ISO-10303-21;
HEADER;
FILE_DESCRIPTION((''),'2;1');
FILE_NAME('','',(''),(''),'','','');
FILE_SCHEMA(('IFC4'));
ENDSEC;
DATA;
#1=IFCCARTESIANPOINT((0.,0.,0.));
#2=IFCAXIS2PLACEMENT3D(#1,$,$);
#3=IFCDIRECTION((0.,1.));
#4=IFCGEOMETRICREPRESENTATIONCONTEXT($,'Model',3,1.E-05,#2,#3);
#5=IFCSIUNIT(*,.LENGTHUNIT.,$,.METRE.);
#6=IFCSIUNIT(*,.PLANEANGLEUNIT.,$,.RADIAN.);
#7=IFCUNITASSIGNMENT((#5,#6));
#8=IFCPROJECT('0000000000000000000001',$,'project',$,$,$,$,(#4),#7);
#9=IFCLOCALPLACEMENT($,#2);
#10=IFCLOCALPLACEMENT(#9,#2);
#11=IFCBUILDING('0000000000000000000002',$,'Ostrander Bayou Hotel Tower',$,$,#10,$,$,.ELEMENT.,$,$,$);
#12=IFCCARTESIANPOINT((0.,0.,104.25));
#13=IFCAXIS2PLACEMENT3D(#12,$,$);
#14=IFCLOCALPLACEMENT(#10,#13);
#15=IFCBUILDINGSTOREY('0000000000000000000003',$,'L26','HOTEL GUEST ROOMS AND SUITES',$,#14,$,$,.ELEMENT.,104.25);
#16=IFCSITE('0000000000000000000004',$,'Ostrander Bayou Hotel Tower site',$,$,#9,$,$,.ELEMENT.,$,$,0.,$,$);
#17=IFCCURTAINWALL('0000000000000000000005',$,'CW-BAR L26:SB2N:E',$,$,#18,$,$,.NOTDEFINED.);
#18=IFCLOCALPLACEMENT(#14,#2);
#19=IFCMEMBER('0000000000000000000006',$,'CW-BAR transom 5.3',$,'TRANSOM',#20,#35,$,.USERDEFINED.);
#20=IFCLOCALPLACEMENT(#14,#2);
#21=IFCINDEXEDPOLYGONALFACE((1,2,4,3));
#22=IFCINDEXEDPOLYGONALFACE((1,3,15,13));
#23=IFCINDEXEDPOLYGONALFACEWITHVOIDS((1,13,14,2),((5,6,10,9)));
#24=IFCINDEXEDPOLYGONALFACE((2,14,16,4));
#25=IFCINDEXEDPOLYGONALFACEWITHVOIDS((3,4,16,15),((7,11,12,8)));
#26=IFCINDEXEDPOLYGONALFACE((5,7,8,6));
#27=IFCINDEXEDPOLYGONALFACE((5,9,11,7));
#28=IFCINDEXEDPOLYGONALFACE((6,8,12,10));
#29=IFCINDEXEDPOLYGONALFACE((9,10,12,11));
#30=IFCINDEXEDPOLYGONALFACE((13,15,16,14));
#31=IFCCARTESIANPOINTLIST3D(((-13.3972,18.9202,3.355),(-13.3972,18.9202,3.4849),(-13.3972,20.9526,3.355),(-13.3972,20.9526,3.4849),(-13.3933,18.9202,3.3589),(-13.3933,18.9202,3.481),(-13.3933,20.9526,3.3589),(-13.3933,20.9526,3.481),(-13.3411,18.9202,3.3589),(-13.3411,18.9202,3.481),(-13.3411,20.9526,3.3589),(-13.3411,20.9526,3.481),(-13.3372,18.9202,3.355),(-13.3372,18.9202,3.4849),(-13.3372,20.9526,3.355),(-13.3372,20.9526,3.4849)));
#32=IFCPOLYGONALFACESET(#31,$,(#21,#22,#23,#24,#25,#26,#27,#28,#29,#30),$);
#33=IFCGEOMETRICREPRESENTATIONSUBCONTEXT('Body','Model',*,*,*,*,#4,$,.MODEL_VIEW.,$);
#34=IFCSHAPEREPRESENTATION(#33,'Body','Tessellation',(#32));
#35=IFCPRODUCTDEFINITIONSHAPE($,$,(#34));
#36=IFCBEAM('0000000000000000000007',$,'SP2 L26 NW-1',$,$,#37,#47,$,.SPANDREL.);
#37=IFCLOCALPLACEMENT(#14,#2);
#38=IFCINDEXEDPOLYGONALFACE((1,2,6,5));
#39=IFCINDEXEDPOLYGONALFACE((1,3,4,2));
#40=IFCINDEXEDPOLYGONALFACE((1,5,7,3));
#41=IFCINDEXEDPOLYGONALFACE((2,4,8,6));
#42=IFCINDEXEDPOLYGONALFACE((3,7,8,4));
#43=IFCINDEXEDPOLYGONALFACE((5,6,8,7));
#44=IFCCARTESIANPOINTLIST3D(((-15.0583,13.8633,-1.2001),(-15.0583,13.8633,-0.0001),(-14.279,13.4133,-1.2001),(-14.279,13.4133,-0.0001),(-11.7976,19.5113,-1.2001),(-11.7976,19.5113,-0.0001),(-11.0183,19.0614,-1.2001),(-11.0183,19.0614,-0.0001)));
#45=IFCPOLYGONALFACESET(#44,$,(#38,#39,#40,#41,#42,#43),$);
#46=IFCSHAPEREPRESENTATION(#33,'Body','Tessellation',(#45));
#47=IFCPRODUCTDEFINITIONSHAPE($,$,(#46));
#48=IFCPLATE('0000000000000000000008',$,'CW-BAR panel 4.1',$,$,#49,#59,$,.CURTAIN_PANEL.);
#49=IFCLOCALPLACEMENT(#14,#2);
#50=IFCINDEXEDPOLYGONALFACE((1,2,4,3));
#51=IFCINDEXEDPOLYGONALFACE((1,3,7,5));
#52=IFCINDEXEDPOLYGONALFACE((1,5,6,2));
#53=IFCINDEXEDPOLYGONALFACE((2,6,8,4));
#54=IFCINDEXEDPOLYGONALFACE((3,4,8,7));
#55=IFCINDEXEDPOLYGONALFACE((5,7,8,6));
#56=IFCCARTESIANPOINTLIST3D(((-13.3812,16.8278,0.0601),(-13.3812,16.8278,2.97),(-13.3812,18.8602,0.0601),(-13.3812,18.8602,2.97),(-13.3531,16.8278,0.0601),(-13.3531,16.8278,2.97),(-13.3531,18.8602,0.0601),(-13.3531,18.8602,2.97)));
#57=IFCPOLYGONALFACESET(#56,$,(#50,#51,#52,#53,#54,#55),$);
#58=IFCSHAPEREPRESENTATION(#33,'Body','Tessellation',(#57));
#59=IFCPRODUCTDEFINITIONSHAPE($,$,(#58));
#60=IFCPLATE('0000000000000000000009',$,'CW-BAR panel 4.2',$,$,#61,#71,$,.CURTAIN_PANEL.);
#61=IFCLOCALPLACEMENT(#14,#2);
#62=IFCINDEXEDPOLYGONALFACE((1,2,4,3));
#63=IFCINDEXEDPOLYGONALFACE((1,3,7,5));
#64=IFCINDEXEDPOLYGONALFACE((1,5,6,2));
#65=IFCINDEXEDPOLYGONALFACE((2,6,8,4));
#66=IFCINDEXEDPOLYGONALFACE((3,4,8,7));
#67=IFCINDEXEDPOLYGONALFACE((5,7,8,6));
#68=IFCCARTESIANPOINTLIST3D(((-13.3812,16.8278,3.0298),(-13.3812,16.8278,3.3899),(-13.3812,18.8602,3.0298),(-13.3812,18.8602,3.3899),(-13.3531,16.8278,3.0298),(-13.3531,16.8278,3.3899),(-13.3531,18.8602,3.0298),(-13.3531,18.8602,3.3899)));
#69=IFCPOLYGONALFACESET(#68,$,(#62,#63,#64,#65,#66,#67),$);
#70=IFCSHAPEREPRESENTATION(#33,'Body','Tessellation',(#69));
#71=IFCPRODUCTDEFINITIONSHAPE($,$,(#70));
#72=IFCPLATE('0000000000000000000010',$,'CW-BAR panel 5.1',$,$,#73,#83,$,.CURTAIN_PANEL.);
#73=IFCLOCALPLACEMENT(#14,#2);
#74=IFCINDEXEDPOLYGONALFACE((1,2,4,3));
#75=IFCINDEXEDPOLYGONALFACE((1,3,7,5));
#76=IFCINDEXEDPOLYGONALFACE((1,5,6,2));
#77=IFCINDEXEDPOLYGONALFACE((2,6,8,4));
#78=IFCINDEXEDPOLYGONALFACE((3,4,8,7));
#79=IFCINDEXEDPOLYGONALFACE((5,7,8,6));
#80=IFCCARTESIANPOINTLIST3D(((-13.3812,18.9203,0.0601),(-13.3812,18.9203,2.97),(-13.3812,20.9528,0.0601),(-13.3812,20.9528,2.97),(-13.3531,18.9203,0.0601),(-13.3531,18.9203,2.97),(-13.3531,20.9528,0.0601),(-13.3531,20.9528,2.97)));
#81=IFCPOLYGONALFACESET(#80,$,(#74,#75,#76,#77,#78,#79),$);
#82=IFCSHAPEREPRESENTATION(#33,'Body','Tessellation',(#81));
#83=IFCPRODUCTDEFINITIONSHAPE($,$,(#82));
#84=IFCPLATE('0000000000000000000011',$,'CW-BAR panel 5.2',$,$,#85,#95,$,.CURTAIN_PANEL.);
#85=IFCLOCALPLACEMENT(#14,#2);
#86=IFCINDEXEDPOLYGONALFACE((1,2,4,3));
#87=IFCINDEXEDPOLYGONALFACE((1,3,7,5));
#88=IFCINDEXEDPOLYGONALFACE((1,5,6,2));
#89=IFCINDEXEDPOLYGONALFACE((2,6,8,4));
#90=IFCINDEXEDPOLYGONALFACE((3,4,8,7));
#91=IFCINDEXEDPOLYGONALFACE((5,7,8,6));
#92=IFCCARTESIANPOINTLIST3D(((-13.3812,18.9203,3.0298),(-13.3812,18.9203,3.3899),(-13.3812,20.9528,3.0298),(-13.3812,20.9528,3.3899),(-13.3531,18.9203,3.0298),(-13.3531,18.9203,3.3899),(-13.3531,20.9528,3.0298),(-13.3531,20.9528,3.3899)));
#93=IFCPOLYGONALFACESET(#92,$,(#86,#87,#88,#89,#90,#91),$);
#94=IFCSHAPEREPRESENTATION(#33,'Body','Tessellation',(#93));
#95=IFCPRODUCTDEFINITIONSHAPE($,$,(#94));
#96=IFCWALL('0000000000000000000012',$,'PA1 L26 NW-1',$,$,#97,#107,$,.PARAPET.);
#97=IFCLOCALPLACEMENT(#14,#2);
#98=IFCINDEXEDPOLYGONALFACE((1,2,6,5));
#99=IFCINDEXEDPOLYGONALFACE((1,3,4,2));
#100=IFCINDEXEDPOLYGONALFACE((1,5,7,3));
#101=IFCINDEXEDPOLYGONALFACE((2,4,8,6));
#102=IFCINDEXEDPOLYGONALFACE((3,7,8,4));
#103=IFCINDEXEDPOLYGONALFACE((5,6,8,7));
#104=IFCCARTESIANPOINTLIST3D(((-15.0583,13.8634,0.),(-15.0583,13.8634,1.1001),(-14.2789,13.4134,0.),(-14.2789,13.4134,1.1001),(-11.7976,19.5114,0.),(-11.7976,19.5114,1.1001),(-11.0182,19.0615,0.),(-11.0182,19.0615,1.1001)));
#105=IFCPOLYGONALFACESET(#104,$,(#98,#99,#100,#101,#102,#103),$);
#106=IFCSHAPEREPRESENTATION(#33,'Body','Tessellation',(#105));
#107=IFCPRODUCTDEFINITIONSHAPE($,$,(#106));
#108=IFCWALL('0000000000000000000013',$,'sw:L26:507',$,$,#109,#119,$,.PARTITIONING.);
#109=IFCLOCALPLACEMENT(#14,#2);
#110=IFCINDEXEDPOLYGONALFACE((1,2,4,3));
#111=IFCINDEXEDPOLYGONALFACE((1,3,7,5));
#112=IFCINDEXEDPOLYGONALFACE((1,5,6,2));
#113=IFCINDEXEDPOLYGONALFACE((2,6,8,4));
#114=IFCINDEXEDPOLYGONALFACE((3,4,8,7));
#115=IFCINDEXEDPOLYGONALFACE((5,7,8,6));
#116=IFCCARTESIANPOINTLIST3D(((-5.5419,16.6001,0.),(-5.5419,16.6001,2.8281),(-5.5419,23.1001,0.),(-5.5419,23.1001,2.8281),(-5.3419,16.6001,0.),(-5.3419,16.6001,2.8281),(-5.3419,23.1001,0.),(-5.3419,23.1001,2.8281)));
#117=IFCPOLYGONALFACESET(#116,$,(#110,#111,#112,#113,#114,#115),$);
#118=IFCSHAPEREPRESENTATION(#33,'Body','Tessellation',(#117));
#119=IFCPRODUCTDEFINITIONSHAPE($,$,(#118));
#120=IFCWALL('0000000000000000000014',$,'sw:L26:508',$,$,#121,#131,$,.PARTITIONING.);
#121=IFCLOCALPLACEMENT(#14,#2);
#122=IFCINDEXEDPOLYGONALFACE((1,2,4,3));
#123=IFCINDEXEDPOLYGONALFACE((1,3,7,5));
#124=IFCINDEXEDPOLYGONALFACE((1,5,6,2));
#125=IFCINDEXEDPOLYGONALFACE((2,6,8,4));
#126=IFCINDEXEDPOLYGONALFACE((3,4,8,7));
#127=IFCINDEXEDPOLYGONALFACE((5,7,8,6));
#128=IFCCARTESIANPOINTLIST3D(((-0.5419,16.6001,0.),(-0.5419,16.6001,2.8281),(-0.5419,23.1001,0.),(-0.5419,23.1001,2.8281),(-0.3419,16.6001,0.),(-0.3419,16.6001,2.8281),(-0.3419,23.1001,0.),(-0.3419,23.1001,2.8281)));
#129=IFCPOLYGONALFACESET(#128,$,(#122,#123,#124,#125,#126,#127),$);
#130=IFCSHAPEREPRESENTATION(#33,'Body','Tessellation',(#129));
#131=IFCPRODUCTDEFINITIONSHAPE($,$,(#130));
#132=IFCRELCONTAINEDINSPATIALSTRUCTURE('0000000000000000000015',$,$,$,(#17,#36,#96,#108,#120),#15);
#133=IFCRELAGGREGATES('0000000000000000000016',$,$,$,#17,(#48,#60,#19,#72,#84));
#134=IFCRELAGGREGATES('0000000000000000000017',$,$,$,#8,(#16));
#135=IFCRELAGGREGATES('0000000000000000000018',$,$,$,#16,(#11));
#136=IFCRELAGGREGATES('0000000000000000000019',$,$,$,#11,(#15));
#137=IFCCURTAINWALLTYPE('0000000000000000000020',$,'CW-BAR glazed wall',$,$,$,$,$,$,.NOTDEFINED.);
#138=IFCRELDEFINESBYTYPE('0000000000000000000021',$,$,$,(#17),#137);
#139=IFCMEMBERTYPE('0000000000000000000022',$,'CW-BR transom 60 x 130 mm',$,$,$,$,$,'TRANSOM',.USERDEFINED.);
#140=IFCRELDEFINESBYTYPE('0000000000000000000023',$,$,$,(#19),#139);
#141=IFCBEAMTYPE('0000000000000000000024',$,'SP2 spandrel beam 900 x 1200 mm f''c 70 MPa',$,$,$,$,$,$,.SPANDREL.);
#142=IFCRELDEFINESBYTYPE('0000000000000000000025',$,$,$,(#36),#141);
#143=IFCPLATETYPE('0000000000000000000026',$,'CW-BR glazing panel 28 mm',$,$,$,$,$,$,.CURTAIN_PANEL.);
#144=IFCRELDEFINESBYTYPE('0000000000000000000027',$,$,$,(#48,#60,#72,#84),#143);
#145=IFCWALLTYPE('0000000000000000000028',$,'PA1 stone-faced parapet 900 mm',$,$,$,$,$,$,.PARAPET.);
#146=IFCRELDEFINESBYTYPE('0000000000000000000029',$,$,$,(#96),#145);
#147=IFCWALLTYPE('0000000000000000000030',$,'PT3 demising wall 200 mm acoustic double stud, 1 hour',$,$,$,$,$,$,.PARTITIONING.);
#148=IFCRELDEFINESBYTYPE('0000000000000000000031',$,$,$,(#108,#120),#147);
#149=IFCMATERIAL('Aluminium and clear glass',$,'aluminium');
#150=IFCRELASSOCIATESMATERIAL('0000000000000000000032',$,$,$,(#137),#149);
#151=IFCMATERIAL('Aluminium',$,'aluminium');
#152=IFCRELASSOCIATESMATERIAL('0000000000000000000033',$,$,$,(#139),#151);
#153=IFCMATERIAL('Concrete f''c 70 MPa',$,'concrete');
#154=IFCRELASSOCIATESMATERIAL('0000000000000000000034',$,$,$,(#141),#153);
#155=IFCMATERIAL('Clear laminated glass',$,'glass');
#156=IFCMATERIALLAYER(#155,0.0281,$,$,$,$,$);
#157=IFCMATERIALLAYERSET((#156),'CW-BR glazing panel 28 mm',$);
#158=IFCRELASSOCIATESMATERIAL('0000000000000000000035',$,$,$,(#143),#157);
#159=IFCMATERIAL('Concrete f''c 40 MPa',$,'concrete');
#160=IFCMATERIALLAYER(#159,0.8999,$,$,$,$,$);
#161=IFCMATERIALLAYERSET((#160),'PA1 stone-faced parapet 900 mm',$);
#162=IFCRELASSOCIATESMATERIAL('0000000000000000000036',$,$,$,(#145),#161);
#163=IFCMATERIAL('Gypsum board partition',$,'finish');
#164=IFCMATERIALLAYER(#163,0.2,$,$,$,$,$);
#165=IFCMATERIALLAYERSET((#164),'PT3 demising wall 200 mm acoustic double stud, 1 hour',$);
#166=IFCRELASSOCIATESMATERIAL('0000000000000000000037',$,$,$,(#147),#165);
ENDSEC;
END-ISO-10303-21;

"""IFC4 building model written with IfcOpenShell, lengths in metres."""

from ifc_helpers import new_model, si_unit, direction, frame, frame_2d, origin, origin_2d, place, context, subcontext, project, spatial, rectangle, hollow_rectangle, extrude, material, layer, layer_set, material_profile, profile_set, type_object, element, aggregate, save


model = new_model("IFC4")

# Units and contexts
model_context = context("Model", 3, precision=1e-05, world=origin(), true_north=direction((0.0, 1.0)))
body_context = subcontext(model_context, "Body", "Model", "MODEL_VIEW")
ifc_project = project(units=[si_unit("LENGTHUNIT", "METRE"), si_unit("PLANEANGLEUNIT", "RADIAN")], contexts=[model_context])

# Site, building, storey
site_placement = place(None, origin())
site = spatial("IfcSite", under=ifc_project, at=site_placement, Name="Ostrander Bayou Hotel Tower site", CompositionType="ELEMENT", RefElevation=0.0)
building_placement = place(site_placement, origin())
building = spatial("IfcBuilding", under=site, at=building_placement, Name="Ostrander Bayou Hotel Tower", CompositionType="ELEMENT")
storey_placement = place(building_placement, frame((0.0, 0.0, 104.25)))
storey = spatial("IfcBuildingStorey", under=building, at=storey_placement, Name="L26", Description="HOTEL GUEST ROOMS AND SUITES", CompositionType="ELEMENT", Elevation=104.25)

# Curtain wall, member
ifc_material_1 = material(Name="Aluminium and clear glass", Category="aluminium")
curtain_wall_type = type_object("IfcCurtainWallType", Name="CW-BAR glazed wall", PredefinedType="NOTDEFINED", material=ifc_material_1)
curtain_wall_placement = place(storey_placement, origin())
curtain_wall = element("IfcCurtainWall", 1, at=curtain_wall_placement, inside=storey, type_object=curtain_wall_type, Name="CW-BAR L26:SB2N:E", PredefinedType="NOTDEFINED")
ifc_material_2 = material(Name="Aluminium", Category="aluminium")
ifc_material_profile_1 = material_profile(ifc_material_2, hollow_rectangle(XDim=0.0601, YDim=0.1299, WallThickness=0.0039, at=origin_2d()))
ifc_profile_set_1 = profile_set([ifc_material_profile_1], Name="Aluminium")
member_type_1 = type_object("IfcMemberType", Name="CW-BR transom 60 x 130 mm", ElementType="TRANSOM", PredefinedType="USERDEFINED", material=ifc_profile_set_1)
member_1_placement = place(storey_placement, frame((-13.3672, 18.9202, 3.4199), z_axis=(0.0, 1.0, 0.0), x_axis=(-1.0, 0.0, 0.0)))
member_1 = element("IfcMember", 2, at=member_1_placement, type_object=member_type_1, Name="CW-BAR transom 5.3", ObjectType="TRANSOM", PredefinedType="USERDEFINED", context=body_context, shape_type="SweptSolid", body=[
    extrude(hollow_rectangle(XDim=0.0601, YDim=0.1299, WallThickness=0.0039, at=origin_2d()), origin(), (0.0, 0.0, 1.0), 2.0325),
])

# Beam
ifc_material_3 = material(Name="Concrete f'c 70 MPa", Category="concrete")
ifc_material_profile_2 = material_profile(ifc_material_3, rectangle(XDim=0.8999, YDim=1.2, at=origin_2d()))
ifc_profile_set_2 = profile_set([ifc_material_profile_2], Name="Concrete f'c 70 MPa")
beam_type = type_object("IfcBeamType", Name="SP2 spandrel beam 900 x 1200 mm f'c 70 MPa", PredefinedType="SPANDREL", material=ifc_profile_set_2)
beam_placement = place(storey_placement, frame((-11.408, 19.2864, -0.6001), z_axis=(-0.499972, -0.866042, 0.0), x_axis=(0.866042, -0.499972, 0.0)))
element("IfcBeam", 3, at=beam_placement, inside=storey, type_object=beam_type, Name="SP2 L26 NW-1", PredefinedType="SPANDREL", context=body_context, shape_type="SweptSolid", body=[
    extrude(rectangle(XDim=0.8999, YDim=1.2, at=origin_2d()), origin(), (0.0, 0.0, 1.0), 6.5217),
])

# Plates
ifc_material_4 = material(Name="Clear laminated glass", Category="glass")
ifc_layer_1 = layer(ifc_material_4, 0.0281)
ifc_layer_set_1 = layer_set([ifc_layer_1], Name="CW-BR glazing panel 28 mm")
plate_type = type_object("IfcPlateType", Name="CW-BR glazing panel 28 mm", PredefinedType="CURTAIN_PANEL", material=ifc_layer_set_1)
plate_1_placement = place(storey_placement, frame((-13.3672, 17.844, 0.0601), z_axis=(0.0, 0.0, 1.0), x_axis=(0.0, 1.0, 0.0)))
plate_1 = element("IfcPlate", 4, at=plate_1_placement, type_object=plate_type, Name="CW-BAR panel 4.1", PredefinedType="CURTAIN_PANEL", context=body_context, shape_type="SweptSolid", body=[
    extrude(rectangle(XDim=2.0325, YDim=0.0281, at=origin_2d()), origin(), (0.0, 0.0, 1.0), 2.9099),
])
plate_2_placement = place(storey_placement, frame((-13.3672, 17.844, 3.0298), z_axis=(0.0, 0.0, 1.0), x_axis=(0.0, 1.0, 0.0)))
plate_2 = element("IfcPlate", 5, at=plate_2_placement, type_object=plate_type, Name="CW-BAR panel 4.2", PredefinedType="CURTAIN_PANEL", context=body_context, shape_type="SweptSolid", body=[
    extrude(rectangle(XDim=2.0325, YDim=0.0281, at=origin_2d()), origin(), (0.0, 0.0, 1.0), 0.3601),
])
plate_3_placement = place(storey_placement, frame((-13.3672, 19.9365, 0.0601), z_axis=(0.0, 0.0, 1.0), x_axis=(0.0, 1.0, 0.0)))
plate_3 = element("IfcPlate", 6, at=plate_3_placement, type_object=plate_type, Name="CW-BAR panel 5.1", PredefinedType="CURTAIN_PANEL", context=body_context, shape_type="SweptSolid", body=[
    extrude(rectangle(XDim=2.0325, YDim=0.0281, at=origin_2d()), origin(), (0.0, 0.0, 1.0), 2.9099),
])
plate_4_placement = place(storey_placement, frame((-13.3672, 19.9365, 3.0298), z_axis=(0.0, 0.0, 1.0), x_axis=(0.0, 1.0, 0.0)))
plate_4 = element("IfcPlate", 7, at=plate_4_placement, type_object=plate_type, Name="CW-BAR panel 5.2", PredefinedType="CURTAIN_PANEL", context=body_context, shape_type="SweptSolid", body=[
    extrude(rectangle(XDim=2.0325, YDim=0.0281, at=origin_2d()), origin(), (0.0, 0.0, 1.0), 0.3601),
])
aggregate(curtain_wall, [plate_1, plate_2, member_1, plate_3, plate_4])

# Walls
ifc_material_5 = material(Name="Concrete f'c 40 MPa", Category="concrete")
ifc_layer_2 = layer(ifc_material_5, 0.8999)
ifc_layer_set_2 = layer_set([ifc_layer_2], Name="PA1 stone-faced parapet 900 mm")
wall_type_1 = type_object("IfcWallType", Name="PA1 stone-faced parapet 900 mm", PredefinedType="PARAPET", material=ifc_layer_set_2)
wall_1_placement = place(storey_placement, frame((-11.408, 19.2864, 0.0), z_axis=(0.0, 0.0, 1.0), x_axis=(-0.499972, -0.866042, 0.0)))
element("IfcWall", 8, at=wall_1_placement, inside=storey, type_object=wall_type_1, Name="PA1 L26 NW-1", PredefinedType="PARAPET", context=body_context, shape_type="SweptSolid", body=[
    extrude(rectangle(XDim=6.5217, YDim=0.8999, at=frame_2d((3.2607, 0.0))), origin(), (0.0, 0.0, 1.0), 1.1001),
])
ifc_material_6 = material(Name="Gypsum board partition", Category="finish")
ifc_layer_3 = layer(ifc_material_6, 0.2)
ifc_layer_set_3 = layer_set([ifc_layer_3], Name="PT3 demising wall 200 mm acoustic double stud, 1 hour")
wall_type_2 = type_object("IfcWallType", Name="PT3 demising wall 200 mm acoustic double stud, 1 hour", PredefinedType="PARTITIONING", material=ifc_layer_set_3)
for number, where, z_axis, x_axis, name in (
    (9, (-5.4419, 16.6001, 0.0), (0.0, 0.0, 1.0), (0.0, 1.0, 0.0), "sw:L26:507"),
    (10, (-0.4419, 16.6001, 0.0), (0.0, 0.0, 1.0), (0.0, 1.0, 0.0), "sw:L26:508"),
):
    element("IfcWall", number, at=place(storey_placement, frame(where, z_axis=z_axis, x_axis=x_axis)), inside=storey, type_object=wall_type_2, Name=name, PredefinedType="PARTITIONING", context=body_context, shape_type="SweptSolid", body=[
        extrude(rectangle(XDim=6.5, YDim=0.2, at=frame_2d((3.25, 0.0))), origin(), (0.0, 0.0, 1.0), 2.8281),
    ])

save(model, "model.ifc")
